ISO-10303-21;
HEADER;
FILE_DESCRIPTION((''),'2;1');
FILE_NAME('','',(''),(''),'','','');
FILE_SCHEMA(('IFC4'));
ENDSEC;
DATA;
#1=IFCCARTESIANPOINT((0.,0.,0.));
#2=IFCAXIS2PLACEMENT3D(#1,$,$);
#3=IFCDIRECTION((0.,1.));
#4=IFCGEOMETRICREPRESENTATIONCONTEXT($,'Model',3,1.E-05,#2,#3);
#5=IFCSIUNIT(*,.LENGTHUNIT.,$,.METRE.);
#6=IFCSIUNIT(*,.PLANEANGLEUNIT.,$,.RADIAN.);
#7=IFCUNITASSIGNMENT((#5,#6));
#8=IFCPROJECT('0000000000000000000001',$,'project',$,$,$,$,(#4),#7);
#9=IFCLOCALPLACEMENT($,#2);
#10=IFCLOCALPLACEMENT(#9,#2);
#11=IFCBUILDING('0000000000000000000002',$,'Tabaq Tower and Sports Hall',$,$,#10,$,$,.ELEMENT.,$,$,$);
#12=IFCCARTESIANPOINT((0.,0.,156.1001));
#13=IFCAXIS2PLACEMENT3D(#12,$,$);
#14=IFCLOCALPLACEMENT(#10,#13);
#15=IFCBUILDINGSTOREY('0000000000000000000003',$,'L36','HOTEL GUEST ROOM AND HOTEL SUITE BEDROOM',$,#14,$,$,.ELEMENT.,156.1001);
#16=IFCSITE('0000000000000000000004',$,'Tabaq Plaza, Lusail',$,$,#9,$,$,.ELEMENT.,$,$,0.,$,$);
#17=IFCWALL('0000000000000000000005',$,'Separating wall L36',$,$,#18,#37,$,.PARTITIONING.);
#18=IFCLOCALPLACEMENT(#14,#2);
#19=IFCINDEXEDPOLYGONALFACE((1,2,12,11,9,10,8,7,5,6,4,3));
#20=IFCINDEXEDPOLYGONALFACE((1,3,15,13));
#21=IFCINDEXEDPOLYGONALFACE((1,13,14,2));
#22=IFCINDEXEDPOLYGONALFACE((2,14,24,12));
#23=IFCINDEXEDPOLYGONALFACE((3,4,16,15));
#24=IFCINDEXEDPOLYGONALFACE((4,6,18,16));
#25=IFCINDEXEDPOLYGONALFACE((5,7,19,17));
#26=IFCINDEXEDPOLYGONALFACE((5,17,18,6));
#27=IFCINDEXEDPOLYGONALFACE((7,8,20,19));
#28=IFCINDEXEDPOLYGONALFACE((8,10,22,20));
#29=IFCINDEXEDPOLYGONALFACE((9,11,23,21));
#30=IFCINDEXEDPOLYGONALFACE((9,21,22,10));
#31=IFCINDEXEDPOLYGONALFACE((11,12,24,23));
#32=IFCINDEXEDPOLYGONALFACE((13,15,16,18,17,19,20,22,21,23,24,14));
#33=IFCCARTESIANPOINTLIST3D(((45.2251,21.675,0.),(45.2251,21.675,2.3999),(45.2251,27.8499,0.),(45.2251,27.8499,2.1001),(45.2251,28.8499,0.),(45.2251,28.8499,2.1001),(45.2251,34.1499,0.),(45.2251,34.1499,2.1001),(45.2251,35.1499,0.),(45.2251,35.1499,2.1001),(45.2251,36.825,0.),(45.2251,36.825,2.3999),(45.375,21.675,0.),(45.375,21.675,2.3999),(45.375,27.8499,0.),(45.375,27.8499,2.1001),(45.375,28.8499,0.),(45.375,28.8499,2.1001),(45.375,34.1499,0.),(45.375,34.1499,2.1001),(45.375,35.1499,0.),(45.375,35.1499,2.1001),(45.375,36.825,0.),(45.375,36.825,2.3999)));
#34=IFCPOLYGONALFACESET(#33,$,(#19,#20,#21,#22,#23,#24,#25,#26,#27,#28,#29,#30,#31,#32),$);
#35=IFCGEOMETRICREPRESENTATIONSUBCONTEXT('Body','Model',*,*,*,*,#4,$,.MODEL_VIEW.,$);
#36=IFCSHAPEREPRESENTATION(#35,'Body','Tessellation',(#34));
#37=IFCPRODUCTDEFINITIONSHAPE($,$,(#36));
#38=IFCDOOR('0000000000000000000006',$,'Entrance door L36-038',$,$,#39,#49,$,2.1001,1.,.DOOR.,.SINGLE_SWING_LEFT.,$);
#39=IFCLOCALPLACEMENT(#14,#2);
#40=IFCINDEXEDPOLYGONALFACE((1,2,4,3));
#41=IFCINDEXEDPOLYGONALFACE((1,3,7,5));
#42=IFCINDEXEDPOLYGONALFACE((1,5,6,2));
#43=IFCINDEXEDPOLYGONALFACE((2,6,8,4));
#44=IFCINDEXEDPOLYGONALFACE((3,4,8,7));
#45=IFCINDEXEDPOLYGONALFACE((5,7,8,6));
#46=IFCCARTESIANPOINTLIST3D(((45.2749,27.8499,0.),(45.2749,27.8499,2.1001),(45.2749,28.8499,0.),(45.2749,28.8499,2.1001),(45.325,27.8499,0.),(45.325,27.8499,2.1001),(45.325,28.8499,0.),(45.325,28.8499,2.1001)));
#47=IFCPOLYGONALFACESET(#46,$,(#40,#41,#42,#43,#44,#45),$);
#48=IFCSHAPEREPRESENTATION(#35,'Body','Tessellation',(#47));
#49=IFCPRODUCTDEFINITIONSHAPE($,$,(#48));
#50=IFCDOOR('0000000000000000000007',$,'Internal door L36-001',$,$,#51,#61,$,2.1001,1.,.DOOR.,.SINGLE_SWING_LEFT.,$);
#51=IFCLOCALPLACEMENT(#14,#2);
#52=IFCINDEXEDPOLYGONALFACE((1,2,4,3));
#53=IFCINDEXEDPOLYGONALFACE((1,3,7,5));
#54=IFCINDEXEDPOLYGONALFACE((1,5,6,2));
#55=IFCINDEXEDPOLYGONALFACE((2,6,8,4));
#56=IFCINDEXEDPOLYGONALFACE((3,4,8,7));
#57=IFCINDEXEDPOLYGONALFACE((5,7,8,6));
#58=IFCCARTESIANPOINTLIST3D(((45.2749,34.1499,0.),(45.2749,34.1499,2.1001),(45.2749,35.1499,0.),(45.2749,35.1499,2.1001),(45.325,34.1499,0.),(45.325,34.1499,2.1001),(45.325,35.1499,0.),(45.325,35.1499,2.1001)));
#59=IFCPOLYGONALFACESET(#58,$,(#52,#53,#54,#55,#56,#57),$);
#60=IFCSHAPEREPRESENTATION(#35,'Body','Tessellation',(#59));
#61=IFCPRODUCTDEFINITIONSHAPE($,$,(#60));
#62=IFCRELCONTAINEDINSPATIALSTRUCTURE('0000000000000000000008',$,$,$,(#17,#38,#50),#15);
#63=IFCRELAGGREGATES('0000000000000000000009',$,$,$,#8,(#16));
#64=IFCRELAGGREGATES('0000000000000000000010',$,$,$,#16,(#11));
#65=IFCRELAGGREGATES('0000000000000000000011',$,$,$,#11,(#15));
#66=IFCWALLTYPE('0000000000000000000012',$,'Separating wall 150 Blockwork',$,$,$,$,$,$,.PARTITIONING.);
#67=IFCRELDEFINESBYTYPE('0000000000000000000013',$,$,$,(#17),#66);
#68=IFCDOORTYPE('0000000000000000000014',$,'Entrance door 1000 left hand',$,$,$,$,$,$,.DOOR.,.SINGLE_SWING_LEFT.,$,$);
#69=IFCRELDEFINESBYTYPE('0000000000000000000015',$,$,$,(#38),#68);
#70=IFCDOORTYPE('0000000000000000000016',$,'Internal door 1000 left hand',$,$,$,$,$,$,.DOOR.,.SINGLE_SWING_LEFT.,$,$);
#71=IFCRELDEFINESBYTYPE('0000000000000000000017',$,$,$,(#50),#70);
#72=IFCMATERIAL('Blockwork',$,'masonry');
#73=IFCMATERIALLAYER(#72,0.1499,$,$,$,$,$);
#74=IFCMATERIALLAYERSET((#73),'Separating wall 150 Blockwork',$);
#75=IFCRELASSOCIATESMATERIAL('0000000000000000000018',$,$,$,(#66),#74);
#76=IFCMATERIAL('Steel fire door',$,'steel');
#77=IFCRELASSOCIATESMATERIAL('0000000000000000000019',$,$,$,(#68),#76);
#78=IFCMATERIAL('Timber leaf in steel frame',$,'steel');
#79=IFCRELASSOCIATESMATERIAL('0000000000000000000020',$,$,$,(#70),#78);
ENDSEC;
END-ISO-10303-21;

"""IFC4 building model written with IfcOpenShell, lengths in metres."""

from ifc_helpers import new_model, si_unit, direction, frame, frame_2d, origin, place, context, subcontext, project, spatial, rectangle, extrude, material, layer, layer_set, type_object, element, fill, save


model = new_model("IFC4")

# Units and contexts
model_context = context("Model", 3, precision=1e-05, world=origin(), true_north=direction((0.0, 1.0)))
body_context = subcontext(model_context, "Body", "Model", "MODEL_VIEW")
ifc_project = project(units=[si_unit("LENGTHUNIT", "METRE"), si_unit("PLANEANGLEUNIT", "RADIAN")], contexts=[model_context])

# Site, building, storey
site_placement = place(None, origin())
site = spatial("IfcSite", under=ifc_project, at=site_placement, Name="Tabaq Plaza, Lusail", CompositionType="ELEMENT", RefElevation=0.0)
building_placement = place(site_placement, origin())
building = spatial("IfcBuilding", under=site, at=building_placement, Name="Tabaq Tower and Sports Hall", CompositionType="ELEMENT")
storey_placement = place(building_placement, frame((0.0, 0.0, 156.1001)))
storey = spatial("IfcBuildingStorey", under=building, at=storey_placement, Name="L36", Description="HOTEL GUEST ROOM AND HOTEL SUITE BEDROOM", CompositionType="ELEMENT", Elevation=156.1001)

# Wall, openings, doors
ifc_material_1 = material(Name="Blockwork", Category="masonry")
ifc_layer_1 = layer(ifc_material_1, 0.1499)
ifc_layer_set_1 = layer_set([ifc_layer_1], Name="Separating wall 150 Blockwork")
wall_type = type_object("IfcWallType", Name="Separating wall 150 Blockwork", PredefinedType="PARTITIONING", material=ifc_layer_set_1)
ifc_material_2 = material(Name="Steel fire door", Category="steel")
door_type_1 = type_object("IfcDoorType", Name="Entrance door 1000 left hand", OperationType="SINGLE_SWING_LEFT", PredefinedType="DOOR", material=ifc_material_2)
wall_1_placement = place(storey_placement, frame((45.3, 36.825, 0.0), z_axis=(0.0, 0.0, 1.0), x_axis=(0.0, -1.0, 0.0)))
wall_1 = element("IfcWall", 1, at=wall_1_placement, inside=storey, type_object=wall_type, Name="Separating wall L36", PredefinedType="PARTITIONING", context=body_context, shape_type="SweptSolid", body=[
    extrude(rectangle(XDim=15.1499, YDim=0.1499, at=frame_2d((7.575, 0.0))), origin(), (0.0, 0.0, 1.0), 2.3999),
])
opening_1_placement = place(wall_1_placement, frame((1.675, 0.0, 0.0)))
opening_1 = element("IfcOpeningElement", 2, at=opening_1_placement, cuts=wall_1, PredefinedType="OPENING", context=body_context, shape_type="SweptSolid", body=[
    extrude(rectangle(XDim=1.0, YDim=2.1001, at=frame_2d((0.5, 1.05))), frame((0.0, 0.075, 0.0), z_axis=(0.0, -1.0, 0.0), x_axis=(1.0, 0.0, 0.0)), (0.0, 0.0, 1.0), 0.1499),
])
opening_2_placement = place(wall_1_placement, frame((7.9751, 0.0, 0.0)))
opening_2 = element("IfcOpeningElement", 3, at=opening_2_placement, cuts=wall_1, PredefinedType="OPENING", context=body_context, shape_type="SweptSolid", body=[
    extrude(rectangle(XDim=1.0, YDim=2.1001, at=frame_2d((0.5, 1.05))), frame((0.0, 0.075, 0.0), z_axis=(0.0, -1.0, 0.0), x_axis=(1.0, 0.0, 0.0)), (0.0, 0.0, 1.0), 0.1499),
])
door_1_placement = place(opening_2_placement, origin())
door_1 = element("IfcDoor", 4, at=door_1_placement, inside=storey, type_object=door_type_1, Name="Entrance door L36-038", OperationType="SINGLE_SWING_LEFT", OverallHeight=2.1001, OverallWidth=1.0, PredefinedType="DOOR", context=body_context, shape_type="SweptSolid", body=[
    extrude(rectangle(XDim=1.0, YDim=2.1001, at=frame_2d((0.5, 1.05))), frame((0.0, 0.0249, 0.0), z_axis=(0.0, -1.0, 0.0), x_axis=(1.0, 0.0, 0.0)), (0.0, 0.0, 1.0), 0.05),
])
fill(opening_2, door_1)
ifc_material_3 = material(Name="Timber leaf in steel frame", Category="steel")
door_type_2 = type_object("IfcDoorType", Name="Internal door 1000 left hand", OperationType="SINGLE_SWING_LEFT", PredefinedType="DOOR", material=ifc_material_3)
door_2_placement = place(opening_1_placement, origin())
door_2 = element("IfcDoor", 5, at=door_2_placement, inside=storey, type_object=door_type_2, Name="Internal door L36-001", OperationType="SINGLE_SWING_LEFT", OverallHeight=2.1001, OverallWidth=1.0, PredefinedType="DOOR", context=body_context, shape_type="SweptSolid", body=[
    extrude(rectangle(XDim=1.0, YDim=2.1001, at=frame_2d((0.5, 1.05))), frame((0.0, 0.0249, 0.0), z_axis=(0.0, -1.0, 0.0), x_axis=(1.0, 0.0, 0.0)), (0.0, 0.0, 1.0), 0.05),
])
fill(opening_1, door_2)

save(model, "model.ifc")
